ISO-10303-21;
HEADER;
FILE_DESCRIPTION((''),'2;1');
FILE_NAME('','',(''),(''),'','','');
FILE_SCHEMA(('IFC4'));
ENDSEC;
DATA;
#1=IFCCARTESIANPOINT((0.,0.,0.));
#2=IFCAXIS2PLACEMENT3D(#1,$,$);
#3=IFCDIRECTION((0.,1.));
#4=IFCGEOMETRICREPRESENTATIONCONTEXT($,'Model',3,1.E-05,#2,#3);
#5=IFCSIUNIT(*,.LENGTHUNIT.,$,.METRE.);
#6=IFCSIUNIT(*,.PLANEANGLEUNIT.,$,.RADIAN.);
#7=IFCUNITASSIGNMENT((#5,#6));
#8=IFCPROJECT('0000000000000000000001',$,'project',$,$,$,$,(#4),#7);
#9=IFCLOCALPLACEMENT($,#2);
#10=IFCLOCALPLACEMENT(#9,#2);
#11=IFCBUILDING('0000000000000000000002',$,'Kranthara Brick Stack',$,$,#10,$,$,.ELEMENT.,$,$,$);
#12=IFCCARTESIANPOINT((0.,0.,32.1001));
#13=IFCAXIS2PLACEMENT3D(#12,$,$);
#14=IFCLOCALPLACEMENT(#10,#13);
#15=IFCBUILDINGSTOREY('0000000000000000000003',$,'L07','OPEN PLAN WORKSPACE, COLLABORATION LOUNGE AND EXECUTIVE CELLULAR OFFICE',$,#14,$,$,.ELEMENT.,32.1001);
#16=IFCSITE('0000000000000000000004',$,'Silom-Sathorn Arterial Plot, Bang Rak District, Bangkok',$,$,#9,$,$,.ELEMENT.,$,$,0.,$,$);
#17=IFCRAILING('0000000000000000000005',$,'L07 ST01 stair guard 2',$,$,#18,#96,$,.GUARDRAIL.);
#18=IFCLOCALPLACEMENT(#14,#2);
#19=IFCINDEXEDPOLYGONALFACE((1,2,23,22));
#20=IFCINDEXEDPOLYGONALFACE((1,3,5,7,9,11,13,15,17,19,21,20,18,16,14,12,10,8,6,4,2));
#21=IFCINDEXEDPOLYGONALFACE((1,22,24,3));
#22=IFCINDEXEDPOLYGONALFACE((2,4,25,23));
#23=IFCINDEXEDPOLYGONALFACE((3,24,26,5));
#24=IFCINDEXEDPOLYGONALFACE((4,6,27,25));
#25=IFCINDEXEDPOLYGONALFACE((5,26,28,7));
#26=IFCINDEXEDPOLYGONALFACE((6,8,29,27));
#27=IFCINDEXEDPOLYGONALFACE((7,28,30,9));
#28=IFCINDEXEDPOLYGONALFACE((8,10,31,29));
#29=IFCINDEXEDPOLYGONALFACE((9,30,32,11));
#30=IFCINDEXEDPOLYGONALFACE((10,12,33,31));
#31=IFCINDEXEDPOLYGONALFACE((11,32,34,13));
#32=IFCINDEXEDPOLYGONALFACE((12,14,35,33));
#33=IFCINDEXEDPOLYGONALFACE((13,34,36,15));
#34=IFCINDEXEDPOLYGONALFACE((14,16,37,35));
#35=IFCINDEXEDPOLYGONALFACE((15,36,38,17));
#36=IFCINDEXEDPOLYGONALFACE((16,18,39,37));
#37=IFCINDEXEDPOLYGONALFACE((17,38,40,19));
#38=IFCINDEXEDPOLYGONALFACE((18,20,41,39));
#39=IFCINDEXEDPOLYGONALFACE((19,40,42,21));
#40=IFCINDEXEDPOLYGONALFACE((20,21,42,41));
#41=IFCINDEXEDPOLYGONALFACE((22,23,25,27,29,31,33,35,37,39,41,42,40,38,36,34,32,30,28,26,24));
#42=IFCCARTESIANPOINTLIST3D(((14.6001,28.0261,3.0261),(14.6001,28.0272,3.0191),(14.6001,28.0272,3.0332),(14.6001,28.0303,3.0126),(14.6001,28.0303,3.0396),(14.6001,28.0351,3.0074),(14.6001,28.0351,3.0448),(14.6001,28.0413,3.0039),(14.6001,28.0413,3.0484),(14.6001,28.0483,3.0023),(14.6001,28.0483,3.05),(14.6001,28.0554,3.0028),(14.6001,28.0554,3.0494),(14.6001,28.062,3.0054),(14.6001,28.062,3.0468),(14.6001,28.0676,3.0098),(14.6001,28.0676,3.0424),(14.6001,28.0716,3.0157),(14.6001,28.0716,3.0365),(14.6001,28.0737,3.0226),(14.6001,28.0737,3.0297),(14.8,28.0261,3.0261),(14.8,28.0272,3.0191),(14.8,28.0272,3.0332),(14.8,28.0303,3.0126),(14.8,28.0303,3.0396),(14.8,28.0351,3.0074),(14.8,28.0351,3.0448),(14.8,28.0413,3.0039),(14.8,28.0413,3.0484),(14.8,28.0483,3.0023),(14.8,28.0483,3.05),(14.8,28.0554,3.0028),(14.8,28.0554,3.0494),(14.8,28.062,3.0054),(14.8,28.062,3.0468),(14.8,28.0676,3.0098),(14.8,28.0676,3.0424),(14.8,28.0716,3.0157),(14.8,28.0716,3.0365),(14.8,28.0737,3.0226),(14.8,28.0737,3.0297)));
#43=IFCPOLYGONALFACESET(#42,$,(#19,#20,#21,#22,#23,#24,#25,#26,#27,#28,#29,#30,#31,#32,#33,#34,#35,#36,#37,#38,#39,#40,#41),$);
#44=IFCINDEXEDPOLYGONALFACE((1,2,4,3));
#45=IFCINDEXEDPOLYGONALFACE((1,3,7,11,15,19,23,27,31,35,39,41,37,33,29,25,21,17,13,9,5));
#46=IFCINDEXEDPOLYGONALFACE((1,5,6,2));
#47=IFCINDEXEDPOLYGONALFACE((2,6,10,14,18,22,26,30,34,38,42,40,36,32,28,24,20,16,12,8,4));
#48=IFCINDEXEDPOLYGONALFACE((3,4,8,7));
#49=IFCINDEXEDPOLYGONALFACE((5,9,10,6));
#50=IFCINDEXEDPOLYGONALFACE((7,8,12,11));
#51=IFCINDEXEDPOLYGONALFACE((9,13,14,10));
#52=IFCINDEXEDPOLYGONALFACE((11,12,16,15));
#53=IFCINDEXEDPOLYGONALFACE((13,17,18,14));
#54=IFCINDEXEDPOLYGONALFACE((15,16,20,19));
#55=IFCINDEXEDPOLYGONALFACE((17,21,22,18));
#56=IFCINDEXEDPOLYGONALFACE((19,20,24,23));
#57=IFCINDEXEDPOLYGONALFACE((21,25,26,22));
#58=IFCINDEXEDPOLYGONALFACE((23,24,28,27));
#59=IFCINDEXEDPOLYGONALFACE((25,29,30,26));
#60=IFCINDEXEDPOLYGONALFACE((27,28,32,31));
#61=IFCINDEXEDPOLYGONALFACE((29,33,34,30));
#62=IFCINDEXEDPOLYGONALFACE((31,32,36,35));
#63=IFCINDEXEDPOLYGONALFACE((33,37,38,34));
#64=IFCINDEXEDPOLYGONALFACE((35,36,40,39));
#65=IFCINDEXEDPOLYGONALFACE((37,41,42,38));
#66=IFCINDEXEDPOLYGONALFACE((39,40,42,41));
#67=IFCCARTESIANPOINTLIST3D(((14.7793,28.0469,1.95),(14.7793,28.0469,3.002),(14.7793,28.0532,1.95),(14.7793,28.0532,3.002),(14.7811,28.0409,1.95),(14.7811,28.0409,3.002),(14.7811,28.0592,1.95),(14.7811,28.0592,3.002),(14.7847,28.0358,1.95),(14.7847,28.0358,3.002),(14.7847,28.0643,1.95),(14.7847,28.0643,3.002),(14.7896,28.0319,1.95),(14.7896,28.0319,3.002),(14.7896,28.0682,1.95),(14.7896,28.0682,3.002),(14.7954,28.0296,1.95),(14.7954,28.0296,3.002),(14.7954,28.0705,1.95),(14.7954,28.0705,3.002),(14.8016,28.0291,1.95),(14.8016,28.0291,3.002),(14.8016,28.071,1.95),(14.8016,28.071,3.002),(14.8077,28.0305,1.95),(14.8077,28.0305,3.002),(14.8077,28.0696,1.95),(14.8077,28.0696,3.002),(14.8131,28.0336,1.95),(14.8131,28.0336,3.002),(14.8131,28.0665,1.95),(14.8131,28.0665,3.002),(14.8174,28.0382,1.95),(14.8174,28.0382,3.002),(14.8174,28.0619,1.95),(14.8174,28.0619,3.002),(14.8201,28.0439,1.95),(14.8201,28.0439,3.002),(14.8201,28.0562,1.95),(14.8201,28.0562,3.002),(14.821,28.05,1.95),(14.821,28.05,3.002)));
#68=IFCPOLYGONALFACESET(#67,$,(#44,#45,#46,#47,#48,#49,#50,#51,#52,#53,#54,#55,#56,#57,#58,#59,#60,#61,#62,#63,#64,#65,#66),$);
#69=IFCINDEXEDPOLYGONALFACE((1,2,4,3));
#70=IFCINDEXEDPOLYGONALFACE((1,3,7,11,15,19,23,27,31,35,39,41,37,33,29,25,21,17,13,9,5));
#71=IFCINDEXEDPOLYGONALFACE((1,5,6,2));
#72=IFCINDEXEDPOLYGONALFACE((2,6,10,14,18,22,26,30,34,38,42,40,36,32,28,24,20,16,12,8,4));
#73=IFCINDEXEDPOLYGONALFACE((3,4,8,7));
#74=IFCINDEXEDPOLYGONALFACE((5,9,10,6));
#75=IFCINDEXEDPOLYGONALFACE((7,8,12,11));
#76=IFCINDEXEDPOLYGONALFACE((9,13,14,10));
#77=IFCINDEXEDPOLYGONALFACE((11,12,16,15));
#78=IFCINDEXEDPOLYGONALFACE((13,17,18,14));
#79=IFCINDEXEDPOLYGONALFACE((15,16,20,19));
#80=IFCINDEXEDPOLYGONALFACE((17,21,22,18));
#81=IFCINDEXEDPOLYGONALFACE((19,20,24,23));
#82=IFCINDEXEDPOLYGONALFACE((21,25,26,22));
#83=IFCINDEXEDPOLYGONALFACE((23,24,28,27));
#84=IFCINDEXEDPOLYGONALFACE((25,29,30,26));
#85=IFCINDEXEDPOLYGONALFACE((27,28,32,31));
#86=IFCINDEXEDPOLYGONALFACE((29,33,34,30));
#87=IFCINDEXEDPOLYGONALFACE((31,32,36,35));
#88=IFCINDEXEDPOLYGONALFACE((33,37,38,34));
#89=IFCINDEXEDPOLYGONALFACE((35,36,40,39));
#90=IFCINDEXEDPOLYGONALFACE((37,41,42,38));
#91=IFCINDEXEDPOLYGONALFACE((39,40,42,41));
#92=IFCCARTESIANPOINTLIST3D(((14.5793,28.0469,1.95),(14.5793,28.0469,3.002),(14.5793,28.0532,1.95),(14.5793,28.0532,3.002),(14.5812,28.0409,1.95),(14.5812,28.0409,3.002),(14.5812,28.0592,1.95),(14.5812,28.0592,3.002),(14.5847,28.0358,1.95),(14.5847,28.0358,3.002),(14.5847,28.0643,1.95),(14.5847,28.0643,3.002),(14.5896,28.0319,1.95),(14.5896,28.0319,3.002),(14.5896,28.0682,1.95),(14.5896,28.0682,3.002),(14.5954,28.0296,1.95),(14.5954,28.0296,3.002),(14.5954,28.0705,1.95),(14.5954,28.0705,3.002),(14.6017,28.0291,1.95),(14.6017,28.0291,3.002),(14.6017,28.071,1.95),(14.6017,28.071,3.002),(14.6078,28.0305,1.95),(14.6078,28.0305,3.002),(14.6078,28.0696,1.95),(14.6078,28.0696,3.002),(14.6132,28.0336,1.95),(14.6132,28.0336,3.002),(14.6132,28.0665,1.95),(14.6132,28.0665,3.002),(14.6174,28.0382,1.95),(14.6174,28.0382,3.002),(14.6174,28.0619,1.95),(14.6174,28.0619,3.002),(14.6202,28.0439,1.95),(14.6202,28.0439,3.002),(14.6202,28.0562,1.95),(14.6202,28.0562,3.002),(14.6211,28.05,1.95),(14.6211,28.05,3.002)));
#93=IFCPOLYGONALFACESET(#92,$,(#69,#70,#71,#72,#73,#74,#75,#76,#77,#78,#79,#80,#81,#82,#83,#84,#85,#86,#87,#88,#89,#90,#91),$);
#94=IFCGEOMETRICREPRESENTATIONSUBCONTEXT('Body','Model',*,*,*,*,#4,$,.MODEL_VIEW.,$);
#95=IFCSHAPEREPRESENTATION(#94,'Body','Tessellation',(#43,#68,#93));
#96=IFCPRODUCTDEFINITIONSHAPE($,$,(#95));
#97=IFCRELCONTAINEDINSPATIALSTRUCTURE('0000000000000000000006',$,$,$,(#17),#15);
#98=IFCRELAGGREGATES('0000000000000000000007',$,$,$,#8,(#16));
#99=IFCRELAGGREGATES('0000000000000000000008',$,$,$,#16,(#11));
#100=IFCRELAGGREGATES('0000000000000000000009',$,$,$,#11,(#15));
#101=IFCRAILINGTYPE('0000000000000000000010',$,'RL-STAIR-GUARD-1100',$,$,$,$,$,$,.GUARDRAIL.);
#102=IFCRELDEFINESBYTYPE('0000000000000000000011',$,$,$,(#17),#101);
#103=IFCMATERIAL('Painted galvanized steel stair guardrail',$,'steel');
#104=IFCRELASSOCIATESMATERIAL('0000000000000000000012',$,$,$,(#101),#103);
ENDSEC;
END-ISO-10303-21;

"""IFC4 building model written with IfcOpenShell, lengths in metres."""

from ifc_helpers import new_model, si_unit, direction, frame, origin, origin_2d, place, context, subcontext, project, spatial, circle, extrude, material, type_object, element, save


model = new_model("IFC4")

# Units and contexts
model_context = context("Model", 3, precision=1e-05, world=origin(), true_north=direction((0.0, 1.0)))
body_context = subcontext(model_context, "Body", "Model", "MODEL_VIEW")
ifc_project = project(units=[si_unit("LENGTHUNIT", "METRE"), si_unit("PLANEANGLEUNIT", "RADIAN")], contexts=[model_context])

# Site, building, storey
site_placement = place(None, origin())
site = spatial("IfcSite", under=ifc_project, at=site_placement, Name="Silom-Sathorn Arterial Plot, Bang Rak District, Bangkok", CompositionType="ELEMENT", RefElevation=0.0)
building_placement = place(site_placement, origin())
building = spatial("IfcBuilding", under=site, at=building_placement, Name="Kranthara Brick Stack", CompositionType="ELEMENT")
storey_placement = place(building_placement, frame((0.0, 0.0, 32.1001)))
storey = spatial("IfcBuildingStorey", under=building, at=storey_placement, Name="L07", Description="OPEN PLAN WORKSPACE, COLLABORATION LOUNGE AND EXECUTIVE CELLULAR OFFICE", CompositionType="ELEMENT", Elevation=32.1001)

# Railing
ifc_material_1 = material(Name="Painted galvanized steel stair guardrail", Category="steel")
railing_type_1 = type_object("IfcRailingType", Name="RL-STAIR-GUARD-1100", PredefinedType="GUARDRAIL", material=ifc_material_1)
railing_1_placement = place(storey_placement, frame((14.8, 28.05, 1.95)))
element("IfcRailing", 1, at=railing_1_placement, inside=storey, type_object=railing_type_1, Name="L07 ST01 stair guard 2", PredefinedType="GUARDRAIL", context=body_context, shape_type="SweptSolid", body=[
    extrude(circle(Radius=0.0239, at=origin_2d()), frame((0.0, 0.0, 1.0762), z_axis=(-1.0, 0.0, 0.0), x_axis=(0.0, -1.0, 0.0)), (0.0, 0.0, 1.0), 0.2),
    extrude(circle(Radius=0.021, at=origin_2d()), origin(), (0.0, 0.0, 1.0), 1.052),
    extrude(circle(Radius=0.021, at=origin_2d()), frame((-0.2, 0.0, 0.0)), (0.0, 0.0, 1.0), 1.052),
])

save(model, "model.ifc")
